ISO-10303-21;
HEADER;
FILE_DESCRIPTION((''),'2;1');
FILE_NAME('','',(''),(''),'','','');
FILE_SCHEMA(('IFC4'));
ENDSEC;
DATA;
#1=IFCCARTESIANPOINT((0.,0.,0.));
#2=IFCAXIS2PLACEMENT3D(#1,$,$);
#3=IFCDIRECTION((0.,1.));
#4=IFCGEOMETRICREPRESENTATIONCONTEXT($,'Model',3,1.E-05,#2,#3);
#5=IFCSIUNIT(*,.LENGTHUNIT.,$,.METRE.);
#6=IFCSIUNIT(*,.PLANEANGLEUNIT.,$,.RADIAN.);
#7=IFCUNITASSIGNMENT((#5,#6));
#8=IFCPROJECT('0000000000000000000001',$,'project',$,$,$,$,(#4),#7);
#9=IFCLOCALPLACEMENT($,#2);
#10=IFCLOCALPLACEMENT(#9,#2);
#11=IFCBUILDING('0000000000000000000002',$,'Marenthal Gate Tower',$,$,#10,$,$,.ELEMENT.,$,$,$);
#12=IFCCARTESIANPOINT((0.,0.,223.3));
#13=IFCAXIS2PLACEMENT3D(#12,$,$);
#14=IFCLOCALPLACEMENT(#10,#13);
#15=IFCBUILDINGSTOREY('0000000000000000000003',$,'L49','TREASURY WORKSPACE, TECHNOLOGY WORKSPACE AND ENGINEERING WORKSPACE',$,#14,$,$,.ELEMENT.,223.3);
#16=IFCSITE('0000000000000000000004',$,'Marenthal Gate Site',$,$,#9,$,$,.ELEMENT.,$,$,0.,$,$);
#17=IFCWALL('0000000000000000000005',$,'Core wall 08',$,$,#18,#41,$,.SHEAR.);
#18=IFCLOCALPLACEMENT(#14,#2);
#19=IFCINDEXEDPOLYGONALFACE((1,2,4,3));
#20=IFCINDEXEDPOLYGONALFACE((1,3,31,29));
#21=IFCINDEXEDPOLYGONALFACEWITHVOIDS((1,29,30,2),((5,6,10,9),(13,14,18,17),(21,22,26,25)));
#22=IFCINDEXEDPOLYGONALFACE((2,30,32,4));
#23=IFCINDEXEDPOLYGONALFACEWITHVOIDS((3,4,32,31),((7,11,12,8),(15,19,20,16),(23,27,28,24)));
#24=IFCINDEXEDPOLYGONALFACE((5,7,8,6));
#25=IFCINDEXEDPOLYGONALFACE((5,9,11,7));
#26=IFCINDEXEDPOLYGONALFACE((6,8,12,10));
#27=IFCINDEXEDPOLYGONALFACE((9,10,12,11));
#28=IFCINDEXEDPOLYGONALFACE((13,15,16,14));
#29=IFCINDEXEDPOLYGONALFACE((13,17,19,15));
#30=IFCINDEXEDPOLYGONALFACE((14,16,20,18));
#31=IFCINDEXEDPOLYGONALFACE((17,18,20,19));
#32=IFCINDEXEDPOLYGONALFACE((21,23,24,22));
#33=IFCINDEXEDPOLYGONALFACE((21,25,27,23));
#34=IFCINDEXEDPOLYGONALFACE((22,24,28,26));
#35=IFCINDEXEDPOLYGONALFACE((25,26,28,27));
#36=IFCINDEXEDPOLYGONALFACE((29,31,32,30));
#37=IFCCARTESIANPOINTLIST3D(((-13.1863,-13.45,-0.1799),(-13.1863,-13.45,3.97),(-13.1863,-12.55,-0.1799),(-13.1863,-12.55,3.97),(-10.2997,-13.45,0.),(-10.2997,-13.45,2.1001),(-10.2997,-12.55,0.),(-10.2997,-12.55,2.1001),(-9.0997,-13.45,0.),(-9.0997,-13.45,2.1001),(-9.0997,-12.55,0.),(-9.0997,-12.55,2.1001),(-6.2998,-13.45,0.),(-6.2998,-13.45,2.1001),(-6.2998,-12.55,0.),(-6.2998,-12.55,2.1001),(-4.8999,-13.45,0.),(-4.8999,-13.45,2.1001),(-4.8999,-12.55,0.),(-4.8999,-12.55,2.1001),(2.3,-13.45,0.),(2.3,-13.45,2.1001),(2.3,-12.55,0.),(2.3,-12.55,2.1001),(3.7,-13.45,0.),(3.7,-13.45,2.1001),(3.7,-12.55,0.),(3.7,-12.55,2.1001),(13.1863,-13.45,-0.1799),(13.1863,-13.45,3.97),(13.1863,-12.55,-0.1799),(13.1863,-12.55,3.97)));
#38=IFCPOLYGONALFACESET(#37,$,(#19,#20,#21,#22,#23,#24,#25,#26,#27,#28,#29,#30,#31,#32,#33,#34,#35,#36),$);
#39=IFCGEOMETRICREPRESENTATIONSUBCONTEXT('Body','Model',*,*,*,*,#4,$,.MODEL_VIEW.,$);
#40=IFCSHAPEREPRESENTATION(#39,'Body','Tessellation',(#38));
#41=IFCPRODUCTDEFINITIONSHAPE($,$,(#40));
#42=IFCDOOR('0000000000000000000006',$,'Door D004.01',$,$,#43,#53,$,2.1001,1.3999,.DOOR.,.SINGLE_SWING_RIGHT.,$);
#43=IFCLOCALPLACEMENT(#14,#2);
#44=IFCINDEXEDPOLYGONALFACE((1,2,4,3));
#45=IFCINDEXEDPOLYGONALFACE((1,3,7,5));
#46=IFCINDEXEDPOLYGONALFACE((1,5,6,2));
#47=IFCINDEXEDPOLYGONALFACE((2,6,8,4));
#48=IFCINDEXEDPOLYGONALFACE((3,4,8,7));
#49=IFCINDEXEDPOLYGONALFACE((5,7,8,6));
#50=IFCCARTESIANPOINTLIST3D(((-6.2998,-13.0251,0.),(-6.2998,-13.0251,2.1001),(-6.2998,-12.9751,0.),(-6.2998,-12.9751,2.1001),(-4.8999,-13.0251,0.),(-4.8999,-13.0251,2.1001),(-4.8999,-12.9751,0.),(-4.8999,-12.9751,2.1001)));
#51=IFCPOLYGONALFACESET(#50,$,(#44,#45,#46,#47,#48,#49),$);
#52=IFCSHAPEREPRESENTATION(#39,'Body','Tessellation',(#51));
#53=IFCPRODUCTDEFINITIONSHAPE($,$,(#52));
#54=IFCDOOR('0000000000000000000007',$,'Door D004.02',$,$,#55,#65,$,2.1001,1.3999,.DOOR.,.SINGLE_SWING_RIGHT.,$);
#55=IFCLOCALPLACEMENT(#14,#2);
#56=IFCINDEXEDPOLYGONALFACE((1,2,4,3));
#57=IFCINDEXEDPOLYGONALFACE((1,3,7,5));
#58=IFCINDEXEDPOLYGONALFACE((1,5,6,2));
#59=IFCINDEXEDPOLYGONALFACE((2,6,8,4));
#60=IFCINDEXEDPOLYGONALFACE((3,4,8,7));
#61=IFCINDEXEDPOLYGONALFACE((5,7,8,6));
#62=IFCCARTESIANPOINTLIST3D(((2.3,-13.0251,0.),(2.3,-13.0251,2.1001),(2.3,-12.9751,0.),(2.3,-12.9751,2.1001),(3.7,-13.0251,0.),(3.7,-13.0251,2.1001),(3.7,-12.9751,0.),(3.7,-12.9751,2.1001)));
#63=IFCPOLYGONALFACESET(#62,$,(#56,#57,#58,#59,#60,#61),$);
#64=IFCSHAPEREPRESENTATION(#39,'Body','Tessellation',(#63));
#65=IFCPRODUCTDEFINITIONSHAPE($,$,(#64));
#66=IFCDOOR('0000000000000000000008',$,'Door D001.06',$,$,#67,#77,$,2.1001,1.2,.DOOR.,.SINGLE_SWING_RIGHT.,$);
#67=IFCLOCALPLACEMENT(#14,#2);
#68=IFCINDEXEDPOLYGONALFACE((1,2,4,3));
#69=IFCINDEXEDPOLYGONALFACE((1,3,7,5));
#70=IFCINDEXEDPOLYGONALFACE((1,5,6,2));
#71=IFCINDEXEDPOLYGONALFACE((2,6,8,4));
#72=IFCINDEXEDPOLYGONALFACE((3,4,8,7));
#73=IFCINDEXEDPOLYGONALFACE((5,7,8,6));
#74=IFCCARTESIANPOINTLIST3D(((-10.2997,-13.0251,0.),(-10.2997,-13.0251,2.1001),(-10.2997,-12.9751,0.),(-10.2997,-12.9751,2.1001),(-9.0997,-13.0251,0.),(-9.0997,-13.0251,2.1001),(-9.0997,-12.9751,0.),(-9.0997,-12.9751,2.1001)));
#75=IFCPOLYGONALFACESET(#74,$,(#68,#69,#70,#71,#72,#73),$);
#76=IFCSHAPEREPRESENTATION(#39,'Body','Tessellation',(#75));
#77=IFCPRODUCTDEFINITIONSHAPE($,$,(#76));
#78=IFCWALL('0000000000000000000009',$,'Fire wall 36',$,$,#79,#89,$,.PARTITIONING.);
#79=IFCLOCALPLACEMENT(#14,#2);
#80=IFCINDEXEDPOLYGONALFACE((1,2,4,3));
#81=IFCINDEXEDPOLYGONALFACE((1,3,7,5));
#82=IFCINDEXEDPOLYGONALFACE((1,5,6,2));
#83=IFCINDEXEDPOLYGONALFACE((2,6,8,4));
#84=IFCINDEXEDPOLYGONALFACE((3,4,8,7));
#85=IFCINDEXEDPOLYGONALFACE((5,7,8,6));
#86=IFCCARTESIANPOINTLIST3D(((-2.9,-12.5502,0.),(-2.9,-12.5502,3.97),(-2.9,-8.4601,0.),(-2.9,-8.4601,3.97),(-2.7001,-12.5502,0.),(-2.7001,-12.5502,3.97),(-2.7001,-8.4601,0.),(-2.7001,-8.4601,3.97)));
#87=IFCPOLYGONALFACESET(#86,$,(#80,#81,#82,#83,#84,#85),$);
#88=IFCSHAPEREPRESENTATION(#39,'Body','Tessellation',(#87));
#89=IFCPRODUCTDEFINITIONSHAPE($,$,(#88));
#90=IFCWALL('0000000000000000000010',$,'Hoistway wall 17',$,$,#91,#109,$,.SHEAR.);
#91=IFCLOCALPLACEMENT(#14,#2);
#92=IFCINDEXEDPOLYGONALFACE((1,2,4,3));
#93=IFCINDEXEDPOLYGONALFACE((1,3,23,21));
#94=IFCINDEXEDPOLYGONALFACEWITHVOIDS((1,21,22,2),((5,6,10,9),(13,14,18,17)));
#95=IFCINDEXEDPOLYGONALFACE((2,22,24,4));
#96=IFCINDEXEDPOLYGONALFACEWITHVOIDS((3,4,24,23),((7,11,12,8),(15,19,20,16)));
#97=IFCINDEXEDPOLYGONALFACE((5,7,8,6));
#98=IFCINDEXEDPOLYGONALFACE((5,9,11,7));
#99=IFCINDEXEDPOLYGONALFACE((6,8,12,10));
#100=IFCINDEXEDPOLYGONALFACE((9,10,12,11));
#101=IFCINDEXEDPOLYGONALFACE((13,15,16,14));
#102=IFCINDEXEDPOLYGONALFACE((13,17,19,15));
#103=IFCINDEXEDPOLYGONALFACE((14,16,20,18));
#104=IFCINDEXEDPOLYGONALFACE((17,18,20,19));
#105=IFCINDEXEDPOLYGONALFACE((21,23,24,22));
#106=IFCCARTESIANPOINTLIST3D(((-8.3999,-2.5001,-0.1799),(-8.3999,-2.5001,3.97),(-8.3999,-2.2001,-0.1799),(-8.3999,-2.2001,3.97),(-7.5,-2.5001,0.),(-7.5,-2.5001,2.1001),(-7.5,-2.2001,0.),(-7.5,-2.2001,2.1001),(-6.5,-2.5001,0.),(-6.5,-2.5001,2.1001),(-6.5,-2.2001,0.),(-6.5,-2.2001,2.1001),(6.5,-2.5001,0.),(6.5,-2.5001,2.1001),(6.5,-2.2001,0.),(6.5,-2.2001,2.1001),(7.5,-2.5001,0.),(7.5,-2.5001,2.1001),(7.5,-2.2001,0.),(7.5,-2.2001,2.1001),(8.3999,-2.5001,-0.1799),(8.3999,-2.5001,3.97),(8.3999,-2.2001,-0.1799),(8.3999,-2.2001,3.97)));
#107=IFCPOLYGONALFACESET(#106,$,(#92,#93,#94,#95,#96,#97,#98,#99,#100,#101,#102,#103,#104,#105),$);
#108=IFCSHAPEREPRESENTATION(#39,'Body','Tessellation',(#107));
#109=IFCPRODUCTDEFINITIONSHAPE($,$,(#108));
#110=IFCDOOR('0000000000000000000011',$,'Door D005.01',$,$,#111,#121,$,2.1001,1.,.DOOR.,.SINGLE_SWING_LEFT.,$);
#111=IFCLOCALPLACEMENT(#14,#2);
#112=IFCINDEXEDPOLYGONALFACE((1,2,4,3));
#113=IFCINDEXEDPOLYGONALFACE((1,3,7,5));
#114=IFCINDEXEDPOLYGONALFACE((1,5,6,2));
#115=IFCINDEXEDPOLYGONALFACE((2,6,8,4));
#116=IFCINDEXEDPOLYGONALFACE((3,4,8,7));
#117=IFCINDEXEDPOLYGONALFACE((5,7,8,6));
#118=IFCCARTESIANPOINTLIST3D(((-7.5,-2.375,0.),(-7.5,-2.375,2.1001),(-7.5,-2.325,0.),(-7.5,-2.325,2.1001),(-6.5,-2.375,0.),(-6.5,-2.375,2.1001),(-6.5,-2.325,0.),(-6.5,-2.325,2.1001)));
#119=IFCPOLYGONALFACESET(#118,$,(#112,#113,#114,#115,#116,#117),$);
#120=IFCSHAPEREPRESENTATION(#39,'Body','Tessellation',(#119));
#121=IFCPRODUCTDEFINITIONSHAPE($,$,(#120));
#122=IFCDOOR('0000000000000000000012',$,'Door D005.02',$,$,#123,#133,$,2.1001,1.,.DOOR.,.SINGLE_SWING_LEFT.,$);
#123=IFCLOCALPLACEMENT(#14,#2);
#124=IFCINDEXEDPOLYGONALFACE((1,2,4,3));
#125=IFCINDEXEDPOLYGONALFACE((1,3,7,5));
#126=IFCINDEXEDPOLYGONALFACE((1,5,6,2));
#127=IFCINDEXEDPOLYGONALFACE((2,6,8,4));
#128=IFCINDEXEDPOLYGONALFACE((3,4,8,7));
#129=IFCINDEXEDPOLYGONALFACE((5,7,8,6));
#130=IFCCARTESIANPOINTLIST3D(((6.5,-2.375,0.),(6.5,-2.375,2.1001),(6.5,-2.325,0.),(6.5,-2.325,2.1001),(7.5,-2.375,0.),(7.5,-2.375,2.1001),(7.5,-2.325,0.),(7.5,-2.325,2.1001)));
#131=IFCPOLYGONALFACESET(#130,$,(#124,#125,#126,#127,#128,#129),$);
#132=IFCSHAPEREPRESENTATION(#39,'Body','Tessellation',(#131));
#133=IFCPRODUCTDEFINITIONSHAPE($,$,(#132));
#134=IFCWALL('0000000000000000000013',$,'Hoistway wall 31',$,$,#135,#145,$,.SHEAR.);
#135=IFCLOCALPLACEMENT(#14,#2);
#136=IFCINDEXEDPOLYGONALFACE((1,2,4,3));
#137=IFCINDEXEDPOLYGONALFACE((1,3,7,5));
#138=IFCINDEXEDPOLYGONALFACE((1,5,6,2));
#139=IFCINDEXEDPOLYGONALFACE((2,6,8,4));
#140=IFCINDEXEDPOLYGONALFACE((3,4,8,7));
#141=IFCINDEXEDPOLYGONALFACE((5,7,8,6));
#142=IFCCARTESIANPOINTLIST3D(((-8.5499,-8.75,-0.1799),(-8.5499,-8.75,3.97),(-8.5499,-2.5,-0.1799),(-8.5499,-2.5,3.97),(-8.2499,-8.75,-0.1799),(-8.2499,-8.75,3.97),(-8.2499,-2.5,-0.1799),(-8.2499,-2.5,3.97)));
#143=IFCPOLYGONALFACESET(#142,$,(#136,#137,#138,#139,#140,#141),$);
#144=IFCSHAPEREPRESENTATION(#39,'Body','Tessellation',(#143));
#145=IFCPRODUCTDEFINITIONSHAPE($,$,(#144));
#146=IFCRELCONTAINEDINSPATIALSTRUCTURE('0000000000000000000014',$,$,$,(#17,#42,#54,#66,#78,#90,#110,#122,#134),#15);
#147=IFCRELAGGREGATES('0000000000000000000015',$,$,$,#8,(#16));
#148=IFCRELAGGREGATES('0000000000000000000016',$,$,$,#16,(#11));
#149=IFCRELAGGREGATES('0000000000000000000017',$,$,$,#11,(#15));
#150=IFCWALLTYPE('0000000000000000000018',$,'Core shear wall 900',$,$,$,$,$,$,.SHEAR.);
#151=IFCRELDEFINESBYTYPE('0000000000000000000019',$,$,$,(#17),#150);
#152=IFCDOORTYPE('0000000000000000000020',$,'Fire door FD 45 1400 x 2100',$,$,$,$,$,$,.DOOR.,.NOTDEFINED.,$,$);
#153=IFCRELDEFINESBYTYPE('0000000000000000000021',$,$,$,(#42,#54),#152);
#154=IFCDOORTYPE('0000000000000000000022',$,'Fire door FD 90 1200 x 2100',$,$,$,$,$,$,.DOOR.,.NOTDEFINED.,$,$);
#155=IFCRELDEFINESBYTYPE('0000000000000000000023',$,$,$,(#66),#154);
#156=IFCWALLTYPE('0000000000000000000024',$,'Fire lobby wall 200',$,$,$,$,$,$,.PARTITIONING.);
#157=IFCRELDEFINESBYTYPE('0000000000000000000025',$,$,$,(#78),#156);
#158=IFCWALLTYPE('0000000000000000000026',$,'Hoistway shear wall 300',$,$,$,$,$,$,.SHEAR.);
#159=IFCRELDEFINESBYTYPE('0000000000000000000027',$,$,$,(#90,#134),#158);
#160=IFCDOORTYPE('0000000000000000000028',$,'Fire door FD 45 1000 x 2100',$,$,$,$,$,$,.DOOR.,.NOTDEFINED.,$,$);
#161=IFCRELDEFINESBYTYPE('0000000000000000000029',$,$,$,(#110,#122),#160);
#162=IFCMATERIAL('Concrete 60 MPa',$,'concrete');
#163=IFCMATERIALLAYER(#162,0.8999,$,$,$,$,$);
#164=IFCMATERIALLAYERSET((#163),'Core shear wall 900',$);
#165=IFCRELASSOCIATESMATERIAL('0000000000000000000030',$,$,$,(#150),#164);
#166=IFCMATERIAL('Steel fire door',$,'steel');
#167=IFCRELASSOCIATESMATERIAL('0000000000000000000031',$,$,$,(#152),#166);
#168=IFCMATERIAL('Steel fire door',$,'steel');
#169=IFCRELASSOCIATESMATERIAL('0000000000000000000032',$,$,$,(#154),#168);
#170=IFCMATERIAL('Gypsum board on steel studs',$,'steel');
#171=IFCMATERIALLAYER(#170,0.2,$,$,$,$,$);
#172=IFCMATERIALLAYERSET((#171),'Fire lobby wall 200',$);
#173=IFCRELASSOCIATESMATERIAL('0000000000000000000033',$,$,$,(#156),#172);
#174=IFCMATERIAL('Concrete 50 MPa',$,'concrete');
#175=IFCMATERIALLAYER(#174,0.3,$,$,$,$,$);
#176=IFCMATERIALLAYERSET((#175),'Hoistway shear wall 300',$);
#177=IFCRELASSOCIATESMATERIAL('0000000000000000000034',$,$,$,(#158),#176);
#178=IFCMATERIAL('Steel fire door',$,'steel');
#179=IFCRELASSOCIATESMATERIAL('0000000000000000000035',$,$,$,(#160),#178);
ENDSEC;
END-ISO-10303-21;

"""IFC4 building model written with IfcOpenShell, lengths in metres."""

from ifc_helpers import new_model, si_unit, direction, frame, frame_2d, origin, place, context, subcontext, project, spatial, rectangle, extrude, material, layer, layer_set, type_object, element, fill, save


model = new_model("IFC4")

# Units and contexts
model_context = context("Model", 3, precision=1e-05, world=origin(), true_north=direction((0.0, 1.0)))
body_context = subcontext(model_context, "Body", "Model", "MODEL_VIEW")
ifc_project = project(units=[si_unit("LENGTHUNIT", "METRE"), si_unit("PLANEANGLEUNIT", "RADIAN")], contexts=[model_context])

# Site, building, storey
site_placement = place(None, origin())
site = spatial("IfcSite", under=ifc_project, at=site_placement, Name="Marenthal Gate Site", CompositionType="ELEMENT", RefElevation=0.0)
building_placement = place(site_placement, origin())
building = spatial("IfcBuilding", under=site, at=building_placement, Name="Marenthal Gate Tower", CompositionType="ELEMENT")
storey_placement = place(building_placement, frame((0.0, 0.0, 223.3)))
storey = spatial("IfcBuildingStorey", under=building, at=storey_placement, Name="L49", Description="TREASURY WORKSPACE, TECHNOLOGY WORKSPACE AND ENGINEERING WORKSPACE", CompositionType="ELEMENT", Elevation=223.3)

# Wall, openings, doors
ifc_material_1 = material(Name="Concrete 60 MPa", Category="concrete")
ifc_layer_1 = layer(ifc_material_1, 0.8999)
ifc_layer_set_1 = layer_set([ifc_layer_1], Name="Core shear wall 900")
wall_type_1 = type_object("IfcWallType", Name="Core shear wall 900", PredefinedType="SHEAR", material=ifc_layer_set_1)
wall_1_placement = place(storey_placement, frame((-13.1863, -13.0, -0.1799), z_axis=(0.0, 0.0, 1.0), x_axis=(1.0, 0.0, 0.0)))
wall_1 = element("IfcWall", 1, at=wall_1_placement, inside=storey, type_object=wall_type_1, Name="Core wall 08", PredefinedType="SHEAR", context=body_context, shape_type="SweptSolid", body=[
    extrude(rectangle(XDim=26.3726, YDim=0.8999, at=frame_2d((13.1863, 0.0))), origin(), (0.0, 0.0, 1.0), 4.1499),
])
opening_1_placement = place(wall_1_placement, frame((2.8865, 0.0, 0.1799)))
opening_1 = element("IfcOpeningElement", 2, at=opening_1_placement, cuts=wall_1, PredefinedType="OPENING", context=body_context, shape_type="SweptSolid", body=[
    extrude(rectangle(XDim=1.2, YDim=2.1001, at=frame_2d((0.6001, 1.05))), frame((0.0, 0.46, 0.0), z_axis=(0.0, -1.0, 0.0), x_axis=(1.0, 0.0, 0.0)), (0.0, 0.0, 1.0), 0.9199),
])
opening_2_placement = place(wall_1_placement, frame((6.8865, 0.0, 0.1799)))
opening_2 = element("IfcOpeningElement", 3, at=opening_2_placement, cuts=wall_1, PredefinedType="OPENING", context=body_context, shape_type="SweptSolid", body=[
    extrude(rectangle(XDim=1.3999, YDim=2.1001, at=frame_2d((0.7, 1.05))), frame((0.0, 0.46, 0.0), z_axis=(0.0, -1.0, 0.0), x_axis=(1.0, 0.0, 0.0)), (0.0, 0.0, 1.0), 0.9199),
])
opening_3_placement = place(wall_1_placement, frame((15.4863, 0.0, 0.1799)))
opening_3 = element("IfcOpeningElement", 4, at=opening_3_placement, cuts=wall_1, PredefinedType="OPENING", context=body_context, shape_type="SweptSolid", body=[
    extrude(rectangle(XDim=1.3999, YDim=2.1001, at=frame_2d((0.7, 1.05))), frame((0.0, 0.46, 0.0), z_axis=(0.0, -1.0, 0.0), x_axis=(1.0, 0.0, 0.0)), (0.0, 0.0, 1.0), 0.9199),
])
ifc_material_2 = material(Name="Steel fire door", Category="steel")
door_type_1 = type_object("IfcDoorType", Name="Fire door FD 45 1400 x 2100", OperationType="NOTDEFINED", PredefinedType="DOOR", material=ifc_material_2)
door_1_placement = place(opening_2_placement, origin())
door_1 = element("IfcDoor", 5, at=door_1_placement, inside=storey, type_object=door_type_1, Name="Door D004.01", OperationType="SINGLE_SWING_RIGHT", OverallHeight=2.1001, OverallWidth=1.3999, PredefinedType="DOOR", context=body_context, shape_type="SweptSolid", body=[
    extrude(rectangle(XDim=1.3999, YDim=2.1001, at=frame_2d((0.7, 1.05))), frame((0.0, 0.0249, 0.0), z_axis=(0.0, -1.0, 0.0), x_axis=(1.0, 0.0, 0.0)), (0.0, 0.0, 1.0), 0.05),
])
fill(opening_2, door_1)
door_2_placement = place(opening_3_placement, origin())
door_2 = element("IfcDoor", 6, at=door_2_placement, inside=storey, type_object=door_type_1, Name="Door D004.02", OperationType="SINGLE_SWING_RIGHT", OverallHeight=2.1001, OverallWidth=1.3999, PredefinedType="DOOR", context=body_context, shape_type="SweptSolid", body=[
    extrude(rectangle(XDim=1.3999, YDim=2.1001, at=frame_2d((0.7, 1.05))), frame((0.0, 0.0249, 0.0), z_axis=(0.0, -1.0, 0.0), x_axis=(1.0, 0.0, 0.0)), (0.0, 0.0, 1.0), 0.05),
])
fill(opening_3, door_2)
ifc_material_3 = material(Name="Steel fire door", Category="steel")
door_type_2 = type_object("IfcDoorType", Name="Fire door FD 90 1200 x 2100", OperationType="NOTDEFINED", PredefinedType="DOOR", material=ifc_material_3)
door_3_placement = place(opening_1_placement, origin())
door_3 = element("IfcDoor", 7, at=door_3_placement, inside=storey, type_object=door_type_2, Name="Door D001.06", OperationType="SINGLE_SWING_RIGHT", OverallHeight=2.1001, OverallWidth=1.2, PredefinedType="DOOR", context=body_context, shape_type="SweptSolid", body=[
    extrude(rectangle(XDim=1.2, YDim=2.1001, at=frame_2d((0.6001, 1.05))), frame((0.0, 0.0249, 0.0), z_axis=(0.0, -1.0, 0.0), x_axis=(1.0, 0.0, 0.0)), (0.0, 0.0, 1.0), 0.05),
])
fill(opening_1, door_3)

# Wall
ifc_material_4 = material(Name="Gypsum board on steel studs", Category="steel")
ifc_layer_2 = layer(ifc_material_4, 0.2)
ifc_layer_set_2 = layer_set([ifc_layer_2], Name="Fire lobby wall 200")
wall_type_2 = type_object("IfcWallType", Name="Fire lobby wall 200", PredefinedType="PARTITIONING", material=ifc_layer_set_2)
wall_2_placement = place(storey_placement, frame((-2.8, -12.55, 0.0), z_axis=(0.0, 0.0, 1.0), x_axis=(0.0, 1.0, 0.0)))
element("IfcWall", 8, at=wall_2_placement, inside=storey, type_object=wall_type_2, Name="Fire wall 36", PredefinedType="PARTITIONING", context=body_context, shape_type="SweptSolid", body=[
    extrude(rectangle(XDim=4.0901, YDim=0.2, at=frame_2d((2.0449, 0.0))), origin(), (0.0, 0.0, 1.0), 3.97),
])

# Wall, openings, doors
ifc_material_5 = material(Name="Concrete 50 MPa", Category="concrete")
ifc_layer_3 = layer(ifc_material_5, 0.3)
ifc_layer_set_3 = layer_set([ifc_layer_3], Name="Hoistway shear wall 300")
wall_type_3 = type_object("IfcWallType", Name="Hoistway shear wall 300", PredefinedType="SHEAR", material=ifc_layer_set_3)
wall_3_placement = place(storey_placement, frame((-8.3999, -2.3501, -0.1799), z_axis=(0.0, 0.0, 1.0), x_axis=(1.0, 0.0, 0.0)))
wall_3 = element("IfcWall", 9, at=wall_3_placement, inside=storey, type_object=wall_type_3, Name="Hoistway wall 17", PredefinedType="SHEAR", context=body_context, shape_type="SweptSolid", body=[
    extrude(rectangle(XDim=16.7998, YDim=0.3, at=frame_2d((8.3999, 0.0))), origin(), (0.0, 0.0, 1.0), 4.1499),
])
opening_4_placement = place(wall_3_placement, frame((0.8999, 0.0, 0.1799)))
opening_4 = element("IfcOpeningElement", 10, at=opening_4_placement, cuts=wall_3, PredefinedType="OPENING", context=body_context, shape_type="SweptSolid", body=[
    extrude(rectangle(XDim=1.0, YDim=2.1001, at=frame_2d((0.5, 1.05))), frame((0.0, 0.1602, 0.0), z_axis=(0.0, -1.0, 0.0), x_axis=(1.0, 0.0, 0.0)), (0.0, 0.0, 1.0), 0.3201),
])
opening_5_placement = place(wall_3_placement, frame((14.8999, 0.0, 0.1799)))
opening_5 = element("IfcOpeningElement", 11, at=opening_5_placement, cuts=wall_3, PredefinedType="OPENING", context=body_context, shape_type="SweptSolid", body=[
    extrude(rectangle(XDim=1.0, YDim=2.1001, at=frame_2d((0.5, 1.05))), frame((0.0, 0.1602, 0.0), z_axis=(0.0, -1.0, 0.0), x_axis=(1.0, 0.0, 0.0)), (0.0, 0.0, 1.0), 0.3201),
])
ifc_material_6 = material(Name="Steel fire door", Category="steel")
door_type_3 = type_object("IfcDoorType", Name="Fire door FD 45 1000 x 2100", OperationType="NOTDEFINED", PredefinedType="DOOR", material=ifc_material_6)
door_4_placement = place(opening_4_placement, frame((1.0, 0.0, 0.0), z_axis=(0.0, 0.0, 1.0), x_axis=(-1.0, 0.0, 0.0)))
door_4 = element("IfcDoor", 12, at=door_4_placement, inside=storey, type_object=door_type_3, Name="Door D005.01", OperationType="SINGLE_SWING_LEFT", OverallHeight=2.1001, OverallWidth=1.0, PredefinedType="DOOR", context=body_context, shape_type="SweptSolid", body=[
    extrude(rectangle(XDim=1.0, YDim=2.1001, at=frame_2d((0.5, 1.05))), frame((0.0, 0.0249, 0.0), z_axis=(0.0, -1.0, 0.0), x_axis=(1.0, 0.0, 0.0)), (0.0, 0.0, 1.0), 0.05),
])
fill(opening_4, door_4)
door_5_placement = place(opening_5_placement, frame((1.0, 0.0, 0.0), z_axis=(0.0, 0.0, 1.0), x_axis=(-1.0, 0.0, 0.0)))
door_5 = element("IfcDoor", 13, at=door_5_placement, inside=storey, type_object=door_type_3, Name="Door D005.02", OperationType="SINGLE_SWING_LEFT", OverallHeight=2.1001, OverallWidth=1.0, PredefinedType="DOOR", context=body_context, shape_type="SweptSolid", body=[
    extrude(rectangle(XDim=1.0, YDim=2.1001, at=frame_2d((0.5, 1.05))), frame((0.0, 0.0249, 0.0), z_axis=(0.0, -1.0, 0.0), x_axis=(1.0, 0.0, 0.0)), (0.0, 0.0, 1.0), 0.05),
])
fill(opening_5, door_5)

# Wall
wall_4_placement = place(storey_placement, frame((-8.3999, -8.75, -0.1799), z_axis=(0.0, 0.0, 1.0), x_axis=(0.0, 1.0, 0.0)))
element("IfcWall", 14, at=wall_4_placement, inside=storey, type_object=wall_type_3, Name="Hoistway wall 31", PredefinedType="SHEAR", context=body_context, shape_type="SweptSolid", body=[
    extrude(rectangle(XDim=6.25, YDim=0.3, at=frame_2d((3.125, 0.0))), origin(), (0.0, 0.0, 1.0), 4.1499),
])

save(model, "model.ifc")
